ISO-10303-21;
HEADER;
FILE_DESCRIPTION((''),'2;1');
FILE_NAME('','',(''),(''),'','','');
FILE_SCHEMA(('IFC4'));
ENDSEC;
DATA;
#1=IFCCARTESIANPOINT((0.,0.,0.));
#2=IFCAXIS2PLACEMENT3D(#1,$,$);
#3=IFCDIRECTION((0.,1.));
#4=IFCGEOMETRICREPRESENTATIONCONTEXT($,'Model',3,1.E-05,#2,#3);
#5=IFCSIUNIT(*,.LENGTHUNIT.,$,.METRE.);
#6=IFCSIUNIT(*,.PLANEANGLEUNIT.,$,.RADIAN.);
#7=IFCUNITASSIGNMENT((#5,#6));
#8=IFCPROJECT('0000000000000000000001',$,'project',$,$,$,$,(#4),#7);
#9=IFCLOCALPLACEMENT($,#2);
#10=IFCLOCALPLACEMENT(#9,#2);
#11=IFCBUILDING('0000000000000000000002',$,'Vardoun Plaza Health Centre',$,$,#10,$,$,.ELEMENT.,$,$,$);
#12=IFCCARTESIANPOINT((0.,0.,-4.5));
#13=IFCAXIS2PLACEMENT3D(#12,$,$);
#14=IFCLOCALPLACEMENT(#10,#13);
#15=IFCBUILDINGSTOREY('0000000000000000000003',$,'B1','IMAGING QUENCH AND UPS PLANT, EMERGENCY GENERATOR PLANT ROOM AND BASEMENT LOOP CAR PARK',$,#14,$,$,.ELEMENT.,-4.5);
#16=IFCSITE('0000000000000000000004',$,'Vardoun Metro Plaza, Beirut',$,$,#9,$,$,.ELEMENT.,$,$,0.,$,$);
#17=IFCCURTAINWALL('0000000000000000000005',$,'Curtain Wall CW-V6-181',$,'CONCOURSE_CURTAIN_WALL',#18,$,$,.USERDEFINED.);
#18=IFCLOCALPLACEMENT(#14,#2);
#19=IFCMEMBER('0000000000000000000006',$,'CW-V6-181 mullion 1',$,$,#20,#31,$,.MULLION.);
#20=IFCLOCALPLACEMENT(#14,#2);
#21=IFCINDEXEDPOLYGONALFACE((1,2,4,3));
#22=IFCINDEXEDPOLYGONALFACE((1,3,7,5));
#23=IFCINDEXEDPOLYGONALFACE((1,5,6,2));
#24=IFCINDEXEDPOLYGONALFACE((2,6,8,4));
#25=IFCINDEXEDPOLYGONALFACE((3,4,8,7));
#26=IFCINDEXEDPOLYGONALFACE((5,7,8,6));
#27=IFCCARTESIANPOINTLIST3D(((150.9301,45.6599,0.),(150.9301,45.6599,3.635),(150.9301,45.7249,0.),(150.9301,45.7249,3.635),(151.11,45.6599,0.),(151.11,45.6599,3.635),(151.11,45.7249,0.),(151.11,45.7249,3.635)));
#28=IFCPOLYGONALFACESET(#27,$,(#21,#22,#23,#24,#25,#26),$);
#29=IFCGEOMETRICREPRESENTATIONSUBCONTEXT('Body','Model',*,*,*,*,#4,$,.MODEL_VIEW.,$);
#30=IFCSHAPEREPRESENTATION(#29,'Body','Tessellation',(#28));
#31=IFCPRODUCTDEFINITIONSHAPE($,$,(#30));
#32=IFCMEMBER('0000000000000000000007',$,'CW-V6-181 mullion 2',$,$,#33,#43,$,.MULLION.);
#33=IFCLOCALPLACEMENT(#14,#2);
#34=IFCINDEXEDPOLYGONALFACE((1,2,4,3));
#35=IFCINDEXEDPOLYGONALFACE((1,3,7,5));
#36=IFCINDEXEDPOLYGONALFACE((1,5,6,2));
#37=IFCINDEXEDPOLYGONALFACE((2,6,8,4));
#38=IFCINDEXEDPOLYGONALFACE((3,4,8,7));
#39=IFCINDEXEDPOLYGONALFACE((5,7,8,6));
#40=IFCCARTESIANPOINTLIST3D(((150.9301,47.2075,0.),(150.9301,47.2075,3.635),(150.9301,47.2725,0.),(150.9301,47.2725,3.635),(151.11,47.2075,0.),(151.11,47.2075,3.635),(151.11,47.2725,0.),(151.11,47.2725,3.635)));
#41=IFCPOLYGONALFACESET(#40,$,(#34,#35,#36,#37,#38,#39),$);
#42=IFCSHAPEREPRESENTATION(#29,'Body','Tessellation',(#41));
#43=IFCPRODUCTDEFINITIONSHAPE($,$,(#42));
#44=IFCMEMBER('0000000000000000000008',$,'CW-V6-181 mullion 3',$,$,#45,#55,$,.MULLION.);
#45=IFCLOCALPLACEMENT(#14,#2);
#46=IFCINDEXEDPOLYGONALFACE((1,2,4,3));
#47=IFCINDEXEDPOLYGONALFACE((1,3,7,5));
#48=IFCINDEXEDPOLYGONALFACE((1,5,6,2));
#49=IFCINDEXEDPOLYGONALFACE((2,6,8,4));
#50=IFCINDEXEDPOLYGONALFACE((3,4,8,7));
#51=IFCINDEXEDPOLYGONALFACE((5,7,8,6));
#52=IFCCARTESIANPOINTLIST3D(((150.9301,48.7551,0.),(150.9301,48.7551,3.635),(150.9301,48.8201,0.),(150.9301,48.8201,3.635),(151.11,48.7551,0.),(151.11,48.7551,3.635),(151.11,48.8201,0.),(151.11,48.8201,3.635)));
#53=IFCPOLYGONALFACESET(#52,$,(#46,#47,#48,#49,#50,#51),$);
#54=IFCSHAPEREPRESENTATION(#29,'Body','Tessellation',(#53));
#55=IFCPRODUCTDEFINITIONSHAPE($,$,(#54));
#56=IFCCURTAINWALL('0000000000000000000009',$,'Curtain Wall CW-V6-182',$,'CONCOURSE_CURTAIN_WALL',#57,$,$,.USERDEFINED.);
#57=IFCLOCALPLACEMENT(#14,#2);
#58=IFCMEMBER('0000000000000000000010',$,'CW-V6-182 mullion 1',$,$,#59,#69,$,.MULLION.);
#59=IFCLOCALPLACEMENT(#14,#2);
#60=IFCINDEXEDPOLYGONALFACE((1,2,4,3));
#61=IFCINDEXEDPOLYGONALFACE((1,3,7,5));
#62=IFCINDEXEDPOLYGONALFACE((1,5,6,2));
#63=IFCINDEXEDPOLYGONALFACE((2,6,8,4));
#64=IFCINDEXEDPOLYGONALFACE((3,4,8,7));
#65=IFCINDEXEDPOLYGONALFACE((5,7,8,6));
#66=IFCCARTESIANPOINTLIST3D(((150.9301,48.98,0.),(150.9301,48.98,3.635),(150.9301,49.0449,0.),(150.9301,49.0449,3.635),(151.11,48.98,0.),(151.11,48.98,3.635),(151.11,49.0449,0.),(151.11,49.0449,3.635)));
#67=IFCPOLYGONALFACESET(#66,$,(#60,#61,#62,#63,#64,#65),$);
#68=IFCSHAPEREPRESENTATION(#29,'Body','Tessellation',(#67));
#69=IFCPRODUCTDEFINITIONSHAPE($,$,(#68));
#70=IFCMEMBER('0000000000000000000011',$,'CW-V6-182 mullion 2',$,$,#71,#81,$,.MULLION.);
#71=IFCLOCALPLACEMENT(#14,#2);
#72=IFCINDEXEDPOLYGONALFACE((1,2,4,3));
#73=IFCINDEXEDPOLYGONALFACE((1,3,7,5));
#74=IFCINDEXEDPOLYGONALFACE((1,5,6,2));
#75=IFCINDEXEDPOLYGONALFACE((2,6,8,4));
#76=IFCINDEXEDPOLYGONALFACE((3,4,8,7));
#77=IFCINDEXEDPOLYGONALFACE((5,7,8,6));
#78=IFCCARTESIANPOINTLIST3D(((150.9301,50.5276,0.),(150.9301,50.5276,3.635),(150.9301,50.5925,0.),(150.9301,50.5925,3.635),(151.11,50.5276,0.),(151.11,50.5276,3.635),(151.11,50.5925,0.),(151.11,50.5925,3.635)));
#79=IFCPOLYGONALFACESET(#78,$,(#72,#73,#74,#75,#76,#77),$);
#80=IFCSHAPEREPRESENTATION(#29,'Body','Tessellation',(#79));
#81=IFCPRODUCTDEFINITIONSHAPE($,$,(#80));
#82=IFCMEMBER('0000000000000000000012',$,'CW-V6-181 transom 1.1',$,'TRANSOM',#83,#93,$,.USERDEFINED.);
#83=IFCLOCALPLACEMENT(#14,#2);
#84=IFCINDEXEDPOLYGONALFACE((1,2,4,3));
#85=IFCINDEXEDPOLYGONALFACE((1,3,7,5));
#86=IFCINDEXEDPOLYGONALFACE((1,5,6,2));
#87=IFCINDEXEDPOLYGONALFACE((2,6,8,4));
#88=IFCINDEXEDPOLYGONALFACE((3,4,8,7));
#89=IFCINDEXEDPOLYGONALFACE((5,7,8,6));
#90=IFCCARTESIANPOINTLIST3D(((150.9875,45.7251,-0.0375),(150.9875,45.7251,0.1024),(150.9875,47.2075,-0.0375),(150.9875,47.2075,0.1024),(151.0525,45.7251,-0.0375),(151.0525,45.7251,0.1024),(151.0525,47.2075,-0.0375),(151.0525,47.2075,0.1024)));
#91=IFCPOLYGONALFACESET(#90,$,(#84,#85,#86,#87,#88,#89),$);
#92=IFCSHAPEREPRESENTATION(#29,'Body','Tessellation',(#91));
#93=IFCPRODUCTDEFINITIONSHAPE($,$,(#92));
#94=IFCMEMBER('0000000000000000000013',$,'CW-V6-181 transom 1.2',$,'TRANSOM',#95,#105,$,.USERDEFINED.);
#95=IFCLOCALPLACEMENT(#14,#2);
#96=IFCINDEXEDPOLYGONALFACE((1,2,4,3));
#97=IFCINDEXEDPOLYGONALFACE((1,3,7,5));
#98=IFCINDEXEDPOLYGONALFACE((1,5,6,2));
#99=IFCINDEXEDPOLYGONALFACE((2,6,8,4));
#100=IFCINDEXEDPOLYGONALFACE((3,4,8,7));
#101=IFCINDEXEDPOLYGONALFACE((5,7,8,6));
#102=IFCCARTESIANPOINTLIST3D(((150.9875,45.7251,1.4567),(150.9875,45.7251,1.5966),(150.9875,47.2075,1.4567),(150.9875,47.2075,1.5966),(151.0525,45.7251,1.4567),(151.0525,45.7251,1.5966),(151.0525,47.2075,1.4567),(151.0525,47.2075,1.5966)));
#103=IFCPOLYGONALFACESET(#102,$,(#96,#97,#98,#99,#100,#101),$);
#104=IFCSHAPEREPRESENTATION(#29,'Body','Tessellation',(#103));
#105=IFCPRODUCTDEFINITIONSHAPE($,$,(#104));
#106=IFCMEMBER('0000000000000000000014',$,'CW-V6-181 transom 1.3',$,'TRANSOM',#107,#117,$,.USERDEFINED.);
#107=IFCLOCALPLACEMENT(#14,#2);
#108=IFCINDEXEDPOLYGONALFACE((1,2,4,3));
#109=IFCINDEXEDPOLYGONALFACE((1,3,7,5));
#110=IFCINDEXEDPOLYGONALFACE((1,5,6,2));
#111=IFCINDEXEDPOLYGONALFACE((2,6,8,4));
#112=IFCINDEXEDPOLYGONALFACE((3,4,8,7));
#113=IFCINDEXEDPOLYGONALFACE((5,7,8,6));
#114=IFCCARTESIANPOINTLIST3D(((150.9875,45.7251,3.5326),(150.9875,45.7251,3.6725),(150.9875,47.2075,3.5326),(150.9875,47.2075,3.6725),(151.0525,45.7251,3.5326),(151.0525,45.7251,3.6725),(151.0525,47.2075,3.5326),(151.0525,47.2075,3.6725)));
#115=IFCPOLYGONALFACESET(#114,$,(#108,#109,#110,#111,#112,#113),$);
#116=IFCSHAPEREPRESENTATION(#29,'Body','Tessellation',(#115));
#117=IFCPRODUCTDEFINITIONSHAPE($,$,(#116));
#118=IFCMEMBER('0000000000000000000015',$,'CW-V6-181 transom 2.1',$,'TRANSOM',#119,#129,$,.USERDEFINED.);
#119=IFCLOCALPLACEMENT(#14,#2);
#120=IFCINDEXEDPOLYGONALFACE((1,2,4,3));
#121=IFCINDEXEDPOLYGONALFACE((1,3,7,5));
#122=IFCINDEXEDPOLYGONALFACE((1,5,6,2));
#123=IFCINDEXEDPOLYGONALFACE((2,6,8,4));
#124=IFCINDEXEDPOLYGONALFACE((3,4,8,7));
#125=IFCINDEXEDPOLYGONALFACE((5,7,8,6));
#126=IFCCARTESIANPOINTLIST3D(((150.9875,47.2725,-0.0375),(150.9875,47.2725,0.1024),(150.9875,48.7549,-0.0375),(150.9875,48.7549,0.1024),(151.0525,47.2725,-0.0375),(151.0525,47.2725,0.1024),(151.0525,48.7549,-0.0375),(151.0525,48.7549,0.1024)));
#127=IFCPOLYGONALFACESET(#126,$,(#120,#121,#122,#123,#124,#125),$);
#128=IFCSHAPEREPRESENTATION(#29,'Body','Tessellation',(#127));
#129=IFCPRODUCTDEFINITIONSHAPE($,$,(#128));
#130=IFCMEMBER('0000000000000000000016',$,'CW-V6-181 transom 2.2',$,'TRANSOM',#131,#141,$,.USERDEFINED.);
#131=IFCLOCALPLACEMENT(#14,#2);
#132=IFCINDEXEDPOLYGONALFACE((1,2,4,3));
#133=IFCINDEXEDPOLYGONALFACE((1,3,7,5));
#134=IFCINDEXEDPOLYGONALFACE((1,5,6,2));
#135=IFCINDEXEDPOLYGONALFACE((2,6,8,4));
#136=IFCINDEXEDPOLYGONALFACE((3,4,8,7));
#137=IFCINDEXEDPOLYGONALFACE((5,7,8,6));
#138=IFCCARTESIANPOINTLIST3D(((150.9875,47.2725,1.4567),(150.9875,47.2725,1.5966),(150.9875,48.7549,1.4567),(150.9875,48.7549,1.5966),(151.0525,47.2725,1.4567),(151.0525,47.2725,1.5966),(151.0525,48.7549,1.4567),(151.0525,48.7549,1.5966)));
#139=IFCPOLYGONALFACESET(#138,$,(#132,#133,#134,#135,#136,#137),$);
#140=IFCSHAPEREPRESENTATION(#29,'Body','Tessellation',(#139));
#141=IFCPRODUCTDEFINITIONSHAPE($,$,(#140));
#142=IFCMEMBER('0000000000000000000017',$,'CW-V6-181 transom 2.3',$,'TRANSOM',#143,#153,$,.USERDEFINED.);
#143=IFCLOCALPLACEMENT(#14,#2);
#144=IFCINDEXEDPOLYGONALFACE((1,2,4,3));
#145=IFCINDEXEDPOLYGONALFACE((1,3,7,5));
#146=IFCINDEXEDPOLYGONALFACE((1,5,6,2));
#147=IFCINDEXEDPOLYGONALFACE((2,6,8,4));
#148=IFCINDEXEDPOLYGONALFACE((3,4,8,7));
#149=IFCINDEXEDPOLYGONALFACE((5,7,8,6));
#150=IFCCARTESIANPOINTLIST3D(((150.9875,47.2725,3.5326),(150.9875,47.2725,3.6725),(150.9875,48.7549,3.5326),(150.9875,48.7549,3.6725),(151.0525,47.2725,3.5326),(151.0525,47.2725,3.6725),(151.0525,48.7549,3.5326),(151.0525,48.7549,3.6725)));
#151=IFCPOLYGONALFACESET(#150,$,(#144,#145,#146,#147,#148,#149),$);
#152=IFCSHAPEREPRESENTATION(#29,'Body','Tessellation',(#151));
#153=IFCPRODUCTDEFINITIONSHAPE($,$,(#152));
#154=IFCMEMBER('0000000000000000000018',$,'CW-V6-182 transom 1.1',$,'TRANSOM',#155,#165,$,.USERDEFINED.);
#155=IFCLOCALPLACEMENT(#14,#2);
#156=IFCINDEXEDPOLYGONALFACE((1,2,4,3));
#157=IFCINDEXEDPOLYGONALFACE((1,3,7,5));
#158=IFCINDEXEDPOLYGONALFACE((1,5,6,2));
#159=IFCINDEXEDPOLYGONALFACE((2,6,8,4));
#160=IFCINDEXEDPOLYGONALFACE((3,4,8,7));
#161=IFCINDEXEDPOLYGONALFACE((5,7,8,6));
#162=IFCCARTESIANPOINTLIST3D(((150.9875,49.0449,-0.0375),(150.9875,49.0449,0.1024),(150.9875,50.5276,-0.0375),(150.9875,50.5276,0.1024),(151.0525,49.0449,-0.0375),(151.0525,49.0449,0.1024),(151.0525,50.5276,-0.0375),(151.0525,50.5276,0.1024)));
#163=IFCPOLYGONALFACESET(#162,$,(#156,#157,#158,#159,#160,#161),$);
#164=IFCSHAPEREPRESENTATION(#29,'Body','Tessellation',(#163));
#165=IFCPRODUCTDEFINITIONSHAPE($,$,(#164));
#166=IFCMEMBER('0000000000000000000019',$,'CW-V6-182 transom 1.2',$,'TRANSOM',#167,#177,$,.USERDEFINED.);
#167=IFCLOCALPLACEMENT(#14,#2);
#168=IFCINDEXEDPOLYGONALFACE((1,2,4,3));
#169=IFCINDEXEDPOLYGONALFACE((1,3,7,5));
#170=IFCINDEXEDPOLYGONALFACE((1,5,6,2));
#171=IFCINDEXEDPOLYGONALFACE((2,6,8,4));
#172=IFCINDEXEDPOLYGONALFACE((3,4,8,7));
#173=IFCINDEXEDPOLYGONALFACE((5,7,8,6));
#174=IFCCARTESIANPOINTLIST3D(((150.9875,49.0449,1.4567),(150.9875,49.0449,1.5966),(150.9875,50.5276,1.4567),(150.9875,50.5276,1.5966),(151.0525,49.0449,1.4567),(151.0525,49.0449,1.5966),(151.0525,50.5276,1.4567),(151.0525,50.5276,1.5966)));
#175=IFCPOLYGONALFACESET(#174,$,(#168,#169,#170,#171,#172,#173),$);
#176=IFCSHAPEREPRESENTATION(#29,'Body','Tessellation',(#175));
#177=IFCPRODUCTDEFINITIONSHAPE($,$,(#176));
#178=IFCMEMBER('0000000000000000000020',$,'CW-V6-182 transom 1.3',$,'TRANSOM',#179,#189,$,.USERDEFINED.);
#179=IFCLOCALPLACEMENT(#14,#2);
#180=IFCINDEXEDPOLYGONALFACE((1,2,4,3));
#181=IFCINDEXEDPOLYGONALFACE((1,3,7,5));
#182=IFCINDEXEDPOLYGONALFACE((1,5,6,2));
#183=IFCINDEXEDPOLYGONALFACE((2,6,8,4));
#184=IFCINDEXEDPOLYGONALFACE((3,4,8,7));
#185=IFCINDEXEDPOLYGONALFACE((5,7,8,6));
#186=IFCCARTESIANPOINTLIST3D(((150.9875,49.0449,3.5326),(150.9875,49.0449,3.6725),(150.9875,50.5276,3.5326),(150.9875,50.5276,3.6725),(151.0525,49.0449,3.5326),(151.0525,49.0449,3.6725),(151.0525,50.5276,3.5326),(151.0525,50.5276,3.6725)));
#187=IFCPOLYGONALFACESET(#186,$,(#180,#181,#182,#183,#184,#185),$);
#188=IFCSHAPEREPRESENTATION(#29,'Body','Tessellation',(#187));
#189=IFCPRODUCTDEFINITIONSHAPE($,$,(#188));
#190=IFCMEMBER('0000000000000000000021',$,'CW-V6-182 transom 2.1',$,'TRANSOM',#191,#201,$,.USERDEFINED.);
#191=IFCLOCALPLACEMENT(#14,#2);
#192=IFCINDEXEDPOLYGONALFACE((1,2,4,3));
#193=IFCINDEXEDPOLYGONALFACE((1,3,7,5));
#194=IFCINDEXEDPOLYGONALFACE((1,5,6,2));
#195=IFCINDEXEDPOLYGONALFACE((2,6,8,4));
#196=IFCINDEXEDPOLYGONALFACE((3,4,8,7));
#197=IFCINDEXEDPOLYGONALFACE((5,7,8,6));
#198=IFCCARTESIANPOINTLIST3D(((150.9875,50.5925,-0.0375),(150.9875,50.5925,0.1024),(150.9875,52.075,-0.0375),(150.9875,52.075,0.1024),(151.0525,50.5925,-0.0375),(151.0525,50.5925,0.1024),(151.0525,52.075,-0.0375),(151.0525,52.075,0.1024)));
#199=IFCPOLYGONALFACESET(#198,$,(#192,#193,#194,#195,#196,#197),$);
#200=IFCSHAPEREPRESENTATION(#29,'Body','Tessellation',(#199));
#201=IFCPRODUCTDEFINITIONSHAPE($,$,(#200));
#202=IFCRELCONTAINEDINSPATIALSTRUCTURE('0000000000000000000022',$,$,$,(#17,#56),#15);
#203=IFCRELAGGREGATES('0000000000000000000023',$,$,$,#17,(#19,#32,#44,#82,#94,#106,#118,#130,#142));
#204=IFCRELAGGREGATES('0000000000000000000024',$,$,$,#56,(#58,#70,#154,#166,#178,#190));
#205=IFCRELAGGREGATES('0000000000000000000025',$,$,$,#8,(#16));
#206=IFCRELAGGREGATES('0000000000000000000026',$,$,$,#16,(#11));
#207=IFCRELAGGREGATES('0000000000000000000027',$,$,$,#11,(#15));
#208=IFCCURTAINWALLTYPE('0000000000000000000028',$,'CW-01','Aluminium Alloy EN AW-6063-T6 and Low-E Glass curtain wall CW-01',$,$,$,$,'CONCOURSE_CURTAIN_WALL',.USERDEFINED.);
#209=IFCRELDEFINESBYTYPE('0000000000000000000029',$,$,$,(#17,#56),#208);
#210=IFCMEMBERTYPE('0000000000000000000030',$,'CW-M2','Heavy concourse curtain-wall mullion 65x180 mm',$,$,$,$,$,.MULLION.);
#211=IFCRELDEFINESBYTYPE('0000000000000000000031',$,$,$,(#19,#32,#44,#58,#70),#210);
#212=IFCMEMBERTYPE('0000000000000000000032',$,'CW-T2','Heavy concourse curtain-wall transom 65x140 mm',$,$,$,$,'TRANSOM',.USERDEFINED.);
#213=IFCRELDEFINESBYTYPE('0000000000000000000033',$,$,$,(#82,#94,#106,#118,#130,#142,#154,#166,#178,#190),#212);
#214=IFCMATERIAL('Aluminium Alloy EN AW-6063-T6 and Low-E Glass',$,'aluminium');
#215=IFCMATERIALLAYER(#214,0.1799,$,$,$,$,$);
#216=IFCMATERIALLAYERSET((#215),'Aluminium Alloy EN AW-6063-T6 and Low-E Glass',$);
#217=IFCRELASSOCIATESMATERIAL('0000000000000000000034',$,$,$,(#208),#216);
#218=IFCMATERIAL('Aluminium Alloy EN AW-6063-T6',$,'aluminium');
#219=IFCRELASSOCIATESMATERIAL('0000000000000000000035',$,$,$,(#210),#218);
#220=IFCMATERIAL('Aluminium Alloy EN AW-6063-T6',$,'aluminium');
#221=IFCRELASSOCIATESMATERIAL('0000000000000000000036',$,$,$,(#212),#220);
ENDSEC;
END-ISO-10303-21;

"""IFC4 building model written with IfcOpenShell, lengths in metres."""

from ifc_helpers import new_model, si_unit, direction, frame, origin, origin_2d, place, context, subcontext, project, spatial, rectangle, extrude, material, layer, layer_set, material_profile, profile_set, type_object, element, aggregate, save


model = new_model("IFC4")

# Units and contexts
model_context = context("Model", 3, precision=1e-05, world=origin(), true_north=direction((0.0, 1.0)))
body_context = subcontext(model_context, "Body", "Model", "MODEL_VIEW")
ifc_project = project(units=[si_unit("LENGTHUNIT", "METRE"), si_unit("PLANEANGLEUNIT", "RADIAN")], contexts=[model_context])

# Site, building, storey
site_placement = place(None, origin())
site = spatial("IfcSite", under=ifc_project, at=site_placement, Name="Vardoun Metro Plaza, Beirut", CompositionType="ELEMENT", RefElevation=0.0)
building_placement = place(site_placement, origin())
building = spatial("IfcBuilding", under=site, at=building_placement, Name="Vardoun Plaza Health Centre", CompositionType="ELEMENT")
storey_placement = place(building_placement, frame((0.0, 0.0, -4.5)))
storey = spatial("IfcBuildingStorey", under=building, at=storey_placement, Name="B1", Description="IMAGING QUENCH AND UPS PLANT, EMERGENCY GENERATOR PLANT ROOM AND BASEMENT LOOP CAR PARK", CompositionType="ELEMENT", Elevation=-4.5)

# Curtain walls, members
ifc_material_1 = material(Name="Aluminium Alloy EN AW-6063-T6 and Low-E Glass", Category="aluminium")
ifc_layer_1 = layer(ifc_material_1, 0.1799)
ifc_layer_set_1 = layer_set([ifc_layer_1], Name="Aluminium Alloy EN AW-6063-T6 and Low-E Glass")
curtain_wall_type = type_object("IfcCurtainWallType", Name="CW-01", Description="Aluminium Alloy EN AW-6063-T6 and Low-E Glass curtain wall CW-01", ElementType="CONCOURSE_CURTAIN_WALL", PredefinedType="USERDEFINED", material=ifc_layer_set_1)
curtain_wall_1_placement = place(storey_placement, origin())
curtain_wall_1 = element("IfcCurtainWall", 1, at=curtain_wall_1_placement, inside=storey, type_object=curtain_wall_type, Name="Curtain Wall CW-V6-181", ObjectType="CONCOURSE_CURTAIN_WALL", PredefinedType="USERDEFINED")
ifc_material_2 = material(Name="Aluminium Alloy EN AW-6063-T6", Category="aluminium")
ifc_material_profile_1 = material_profile(ifc_material_2, rectangle(XDim=0.1799, YDim=0.0649, at=origin_2d()), Name="CWM 65x180")
ifc_profile_set_1 = profile_set([ifc_material_profile_1], Name="Aluminium Alloy EN AW-6063-T6")
member_type_1 = type_object("IfcMemberType", Name="CW-M2", Description="Heavy concourse curtain-wall mullion 65x180 mm", PredefinedType="MULLION", material=ifc_profile_set_1)
member_1_placement = place(storey_placement, frame((151.02, 45.6924, 0.0), z_axis=(0.0, 0.0, 1.0), x_axis=(-1.0, 0.0, 0.0)))
member_1 = element("IfcMember", 2, at=member_1_placement, type_object=member_type_1, Name="CW-V6-181 mullion 1", PredefinedType="MULLION", context=body_context, shape_type="SweptSolid", body=[
    extrude(rectangle(XDim=0.1799, YDim=0.0649, at=origin_2d()), origin(), (0.0, 0.0, 1.0), 3.635),
])
member_2_placement = place(storey_placement, frame((151.02, 47.24, 0.0), z_axis=(0.0, 0.0, 1.0), x_axis=(-1.0, 0.0, 0.0)))
member_2 = element("IfcMember", 3, at=member_2_placement, type_object=member_type_1, Name="CW-V6-181 mullion 2", PredefinedType="MULLION", context=body_context, shape_type="SweptSolid", body=[
    extrude(rectangle(XDim=0.1799, YDim=0.0649, at=origin_2d()), origin(), (0.0, 0.0, 1.0), 3.635),
])
member_3_placement = place(storey_placement, frame((151.02, 48.7876, 0.0), z_axis=(0.0, 0.0, 1.0), x_axis=(-1.0, 0.0, 0.0)))
member_3 = element("IfcMember", 4, at=member_3_placement, type_object=member_type_1, Name="CW-V6-181 mullion 3", PredefinedType="MULLION", context=body_context, shape_type="SweptSolid", body=[
    extrude(rectangle(XDim=0.1799, YDim=0.0649, at=origin_2d()), origin(), (0.0, 0.0, 1.0), 3.635),
])
curtain_wall_2_placement = place(storey_placement, origin())
curtain_wall_2 = element("IfcCurtainWall", 5, at=curtain_wall_2_placement, inside=storey, type_object=curtain_wall_type, Name="Curtain Wall CW-V6-182", ObjectType="CONCOURSE_CURTAIN_WALL", PredefinedType="USERDEFINED")
member_4_placement = place(storey_placement, frame((151.02, 49.0125, 0.0), z_axis=(0.0, 0.0, 1.0), x_axis=(-1.0, 0.0, 0.0)))
member_4 = element("IfcMember", 6, at=member_4_placement, type_object=member_type_1, Name="CW-V6-182 mullion 1", PredefinedType="MULLION", context=body_context, shape_type="SweptSolid", body=[
    extrude(rectangle(XDim=0.1799, YDim=0.0649, at=origin_2d()), origin(), (0.0, 0.0, 1.0), 3.635),
])
member_5_placement = place(storey_placement, frame((151.02, 50.5601, 0.0), z_axis=(0.0, 0.0, 1.0), x_axis=(-1.0, 0.0, 0.0)))
member_5 = element("IfcMember", 7, at=member_5_placement, type_object=member_type_1, Name="CW-V6-182 mullion 2", PredefinedType="MULLION", context=body_context, shape_type="SweptSolid", body=[
    extrude(rectangle(XDim=0.1799, YDim=0.0649, at=origin_2d()), origin(), (0.0, 0.0, 1.0), 3.635),
])

# Members
ifc_material_3 = material(Name="Aluminium Alloy EN AW-6063-T6", Category="aluminium")
ifc_material_profile_2 = material_profile(ifc_material_3, rectangle(XDim=0.0649, YDim=0.1399, at=origin_2d()), Name="CWT 65x140")
ifc_profile_set_2 = profile_set([ifc_material_profile_2], Name="Aluminium Alloy EN AW-6063-T6")
member_type_2 = type_object("IfcMemberType", Name="CW-T2", Description="Heavy concourse curtain-wall transom 65x140 mm", ElementType="TRANSOM", PredefinedType="USERDEFINED", material=ifc_profile_set_2)
member_6_placement = place(storey_placement, frame((151.02, 45.7251, 0.0325), z_axis=(0.0, 1.0, 0.0), x_axis=(-1.0, 0.0, 0.0)))
member_6 = element("IfcMember", 8, at=member_6_placement, type_object=member_type_2, Name="CW-V6-181 transom 1.1", ObjectType="TRANSOM", PredefinedType="USERDEFINED", context=body_context, shape_type="SweptSolid", body=[
    extrude(rectangle(XDim=0.0649, YDim=0.1399, at=origin_2d()), origin(), (0.0, 0.0, 1.0), 1.4824),
])
member_7_placement = place(storey_placement, frame((151.02, 45.7251, 1.5266), z_axis=(0.0, 1.0, 0.0), x_axis=(-1.0, 0.0, 0.0)))
member_7 = element("IfcMember", 9, at=member_7_placement, type_object=member_type_2, Name="CW-V6-181 transom 1.2", ObjectType="TRANSOM", PredefinedType="USERDEFINED", context=body_context, shape_type="SweptSolid", body=[
    extrude(rectangle(XDim=0.0649, YDim=0.1399, at=origin_2d()), origin(), (0.0, 0.0, 1.0), 1.4824),
])
member_8_placement = place(storey_placement, frame((151.02, 45.7251, 3.6025), z_axis=(0.0, 1.0, 0.0), x_axis=(-1.0, 0.0, 0.0)))
member_8 = element("IfcMember", 10, at=member_8_placement, type_object=member_type_2, Name="CW-V6-181 transom 1.3", ObjectType="TRANSOM", PredefinedType="USERDEFINED", context=body_context, shape_type="SweptSolid", body=[
    extrude(rectangle(XDim=0.0649, YDim=0.1399, at=origin_2d()), origin(), (0.0, 0.0, 1.0), 1.4824),
])
member_9_placement = place(storey_placement, frame((151.02, 47.2725, 0.0325), z_axis=(0.0, 1.0, 0.0), x_axis=(-1.0, 0.0, 0.0)))
member_9 = element("IfcMember", 11, at=member_9_placement, type_object=member_type_2, Name="CW-V6-181 transom 2.1", ObjectType="TRANSOM", PredefinedType="USERDEFINED", context=body_context, shape_type="SweptSolid", body=[
    extrude(rectangle(XDim=0.0649, YDim=0.1399, at=origin_2d()), origin(), (0.0, 0.0, 1.0), 1.4824),
])
member_10_placement = place(storey_placement, frame((151.02, 47.2725, 1.5266), z_axis=(0.0, 1.0, 0.0), x_axis=(-1.0, 0.0, 0.0)))
member_10 = element("IfcMember", 12, at=member_10_placement, type_object=member_type_2, Name="CW-V6-181 transom 2.2", ObjectType="TRANSOM", PredefinedType="USERDEFINED", context=body_context, shape_type="SweptSolid", body=[
    extrude(rectangle(XDim=0.0649, YDim=0.1399, at=origin_2d()), origin(), (0.0, 0.0, 1.0), 1.4824),
])
member_11_placement = place(storey_placement, frame((151.02, 47.2725, 3.6025), z_axis=(0.0, 1.0, 0.0), x_axis=(-1.0, 0.0, 0.0)))
member_11 = element("IfcMember", 13, at=member_11_placement, type_object=member_type_2, Name="CW-V6-181 transom 2.3", ObjectType="TRANSOM", PredefinedType="USERDEFINED", context=body_context, shape_type="SweptSolid", body=[
    extrude(rectangle(XDim=0.0649, YDim=0.1399, at=origin_2d()), origin(), (0.0, 0.0, 1.0), 1.4824),
])
member_12_placement = place(storey_placement, frame((151.02, 49.0449, 0.0325), z_axis=(0.0, 1.0, 0.0), x_axis=(-1.0, 0.0, 0.0)))
member_12 = element("IfcMember", 14, at=member_12_placement, type_object=member_type_2, Name="CW-V6-182 transom 1.1", ObjectType="TRANSOM", PredefinedType="USERDEFINED", context=body_context, shape_type="SweptSolid", body=[
    extrude(rectangle(XDim=0.0649, YDim=0.1399, at=origin_2d()), origin(), (0.0, 0.0, 1.0), 1.4827),
])
member_13_placement = place(storey_placement, frame((151.02, 49.0449, 1.5266), z_axis=(0.0, 1.0, 0.0), x_axis=(-1.0, 0.0, 0.0)))
member_13 = element("IfcMember", 15, at=member_13_placement, type_object=member_type_2, Name="CW-V6-182 transom 1.2", ObjectType="TRANSOM", PredefinedType="USERDEFINED", context=body_context, shape_type="SweptSolid", body=[
    extrude(rectangle(XDim=0.0649, YDim=0.1399, at=origin_2d()), origin(), (0.0, 0.0, 1.0), 1.4827),
])
member_14_placement = place(storey_placement, frame((151.02, 49.0449, 3.6025), z_axis=(0.0, 1.0, 0.0), x_axis=(-1.0, 0.0, 0.0)))
member_14 = element("IfcMember", 16, at=member_14_placement, type_object=member_type_2, Name="CW-V6-182 transom 1.3", ObjectType="TRANSOM", PredefinedType="USERDEFINED", context=body_context, shape_type="SweptSolid", body=[
    extrude(rectangle(XDim=0.0649, YDim=0.1399, at=origin_2d()), origin(), (0.0, 0.0, 1.0), 1.4827),
])
member_15_placement = place(storey_placement, frame((151.02, 50.5925, 0.0325), z_axis=(0.0, 1.0, 0.0), x_axis=(-1.0, 0.0, 0.0)))
member_15 = element("IfcMember", 17, at=member_15_placement, type_object=member_type_2, Name="CW-V6-182 transom 2.1", ObjectType="TRANSOM", PredefinedType="USERDEFINED", context=body_context, shape_type="SweptSolid", body=[
    extrude(rectangle(XDim=0.0649, YDim=0.1399, at=origin_2d()), origin(), (0.0, 0.0, 1.0), 1.4824),
])

aggregate(curtain_wall_1, [member_1, member_2, member_3, member_6, member_7, member_8, member_9, member_10, member_11])
aggregate(curtain_wall_2, [member_4, member_5, member_12, member_13, member_14, member_15])

save(model, "model.ifc")
